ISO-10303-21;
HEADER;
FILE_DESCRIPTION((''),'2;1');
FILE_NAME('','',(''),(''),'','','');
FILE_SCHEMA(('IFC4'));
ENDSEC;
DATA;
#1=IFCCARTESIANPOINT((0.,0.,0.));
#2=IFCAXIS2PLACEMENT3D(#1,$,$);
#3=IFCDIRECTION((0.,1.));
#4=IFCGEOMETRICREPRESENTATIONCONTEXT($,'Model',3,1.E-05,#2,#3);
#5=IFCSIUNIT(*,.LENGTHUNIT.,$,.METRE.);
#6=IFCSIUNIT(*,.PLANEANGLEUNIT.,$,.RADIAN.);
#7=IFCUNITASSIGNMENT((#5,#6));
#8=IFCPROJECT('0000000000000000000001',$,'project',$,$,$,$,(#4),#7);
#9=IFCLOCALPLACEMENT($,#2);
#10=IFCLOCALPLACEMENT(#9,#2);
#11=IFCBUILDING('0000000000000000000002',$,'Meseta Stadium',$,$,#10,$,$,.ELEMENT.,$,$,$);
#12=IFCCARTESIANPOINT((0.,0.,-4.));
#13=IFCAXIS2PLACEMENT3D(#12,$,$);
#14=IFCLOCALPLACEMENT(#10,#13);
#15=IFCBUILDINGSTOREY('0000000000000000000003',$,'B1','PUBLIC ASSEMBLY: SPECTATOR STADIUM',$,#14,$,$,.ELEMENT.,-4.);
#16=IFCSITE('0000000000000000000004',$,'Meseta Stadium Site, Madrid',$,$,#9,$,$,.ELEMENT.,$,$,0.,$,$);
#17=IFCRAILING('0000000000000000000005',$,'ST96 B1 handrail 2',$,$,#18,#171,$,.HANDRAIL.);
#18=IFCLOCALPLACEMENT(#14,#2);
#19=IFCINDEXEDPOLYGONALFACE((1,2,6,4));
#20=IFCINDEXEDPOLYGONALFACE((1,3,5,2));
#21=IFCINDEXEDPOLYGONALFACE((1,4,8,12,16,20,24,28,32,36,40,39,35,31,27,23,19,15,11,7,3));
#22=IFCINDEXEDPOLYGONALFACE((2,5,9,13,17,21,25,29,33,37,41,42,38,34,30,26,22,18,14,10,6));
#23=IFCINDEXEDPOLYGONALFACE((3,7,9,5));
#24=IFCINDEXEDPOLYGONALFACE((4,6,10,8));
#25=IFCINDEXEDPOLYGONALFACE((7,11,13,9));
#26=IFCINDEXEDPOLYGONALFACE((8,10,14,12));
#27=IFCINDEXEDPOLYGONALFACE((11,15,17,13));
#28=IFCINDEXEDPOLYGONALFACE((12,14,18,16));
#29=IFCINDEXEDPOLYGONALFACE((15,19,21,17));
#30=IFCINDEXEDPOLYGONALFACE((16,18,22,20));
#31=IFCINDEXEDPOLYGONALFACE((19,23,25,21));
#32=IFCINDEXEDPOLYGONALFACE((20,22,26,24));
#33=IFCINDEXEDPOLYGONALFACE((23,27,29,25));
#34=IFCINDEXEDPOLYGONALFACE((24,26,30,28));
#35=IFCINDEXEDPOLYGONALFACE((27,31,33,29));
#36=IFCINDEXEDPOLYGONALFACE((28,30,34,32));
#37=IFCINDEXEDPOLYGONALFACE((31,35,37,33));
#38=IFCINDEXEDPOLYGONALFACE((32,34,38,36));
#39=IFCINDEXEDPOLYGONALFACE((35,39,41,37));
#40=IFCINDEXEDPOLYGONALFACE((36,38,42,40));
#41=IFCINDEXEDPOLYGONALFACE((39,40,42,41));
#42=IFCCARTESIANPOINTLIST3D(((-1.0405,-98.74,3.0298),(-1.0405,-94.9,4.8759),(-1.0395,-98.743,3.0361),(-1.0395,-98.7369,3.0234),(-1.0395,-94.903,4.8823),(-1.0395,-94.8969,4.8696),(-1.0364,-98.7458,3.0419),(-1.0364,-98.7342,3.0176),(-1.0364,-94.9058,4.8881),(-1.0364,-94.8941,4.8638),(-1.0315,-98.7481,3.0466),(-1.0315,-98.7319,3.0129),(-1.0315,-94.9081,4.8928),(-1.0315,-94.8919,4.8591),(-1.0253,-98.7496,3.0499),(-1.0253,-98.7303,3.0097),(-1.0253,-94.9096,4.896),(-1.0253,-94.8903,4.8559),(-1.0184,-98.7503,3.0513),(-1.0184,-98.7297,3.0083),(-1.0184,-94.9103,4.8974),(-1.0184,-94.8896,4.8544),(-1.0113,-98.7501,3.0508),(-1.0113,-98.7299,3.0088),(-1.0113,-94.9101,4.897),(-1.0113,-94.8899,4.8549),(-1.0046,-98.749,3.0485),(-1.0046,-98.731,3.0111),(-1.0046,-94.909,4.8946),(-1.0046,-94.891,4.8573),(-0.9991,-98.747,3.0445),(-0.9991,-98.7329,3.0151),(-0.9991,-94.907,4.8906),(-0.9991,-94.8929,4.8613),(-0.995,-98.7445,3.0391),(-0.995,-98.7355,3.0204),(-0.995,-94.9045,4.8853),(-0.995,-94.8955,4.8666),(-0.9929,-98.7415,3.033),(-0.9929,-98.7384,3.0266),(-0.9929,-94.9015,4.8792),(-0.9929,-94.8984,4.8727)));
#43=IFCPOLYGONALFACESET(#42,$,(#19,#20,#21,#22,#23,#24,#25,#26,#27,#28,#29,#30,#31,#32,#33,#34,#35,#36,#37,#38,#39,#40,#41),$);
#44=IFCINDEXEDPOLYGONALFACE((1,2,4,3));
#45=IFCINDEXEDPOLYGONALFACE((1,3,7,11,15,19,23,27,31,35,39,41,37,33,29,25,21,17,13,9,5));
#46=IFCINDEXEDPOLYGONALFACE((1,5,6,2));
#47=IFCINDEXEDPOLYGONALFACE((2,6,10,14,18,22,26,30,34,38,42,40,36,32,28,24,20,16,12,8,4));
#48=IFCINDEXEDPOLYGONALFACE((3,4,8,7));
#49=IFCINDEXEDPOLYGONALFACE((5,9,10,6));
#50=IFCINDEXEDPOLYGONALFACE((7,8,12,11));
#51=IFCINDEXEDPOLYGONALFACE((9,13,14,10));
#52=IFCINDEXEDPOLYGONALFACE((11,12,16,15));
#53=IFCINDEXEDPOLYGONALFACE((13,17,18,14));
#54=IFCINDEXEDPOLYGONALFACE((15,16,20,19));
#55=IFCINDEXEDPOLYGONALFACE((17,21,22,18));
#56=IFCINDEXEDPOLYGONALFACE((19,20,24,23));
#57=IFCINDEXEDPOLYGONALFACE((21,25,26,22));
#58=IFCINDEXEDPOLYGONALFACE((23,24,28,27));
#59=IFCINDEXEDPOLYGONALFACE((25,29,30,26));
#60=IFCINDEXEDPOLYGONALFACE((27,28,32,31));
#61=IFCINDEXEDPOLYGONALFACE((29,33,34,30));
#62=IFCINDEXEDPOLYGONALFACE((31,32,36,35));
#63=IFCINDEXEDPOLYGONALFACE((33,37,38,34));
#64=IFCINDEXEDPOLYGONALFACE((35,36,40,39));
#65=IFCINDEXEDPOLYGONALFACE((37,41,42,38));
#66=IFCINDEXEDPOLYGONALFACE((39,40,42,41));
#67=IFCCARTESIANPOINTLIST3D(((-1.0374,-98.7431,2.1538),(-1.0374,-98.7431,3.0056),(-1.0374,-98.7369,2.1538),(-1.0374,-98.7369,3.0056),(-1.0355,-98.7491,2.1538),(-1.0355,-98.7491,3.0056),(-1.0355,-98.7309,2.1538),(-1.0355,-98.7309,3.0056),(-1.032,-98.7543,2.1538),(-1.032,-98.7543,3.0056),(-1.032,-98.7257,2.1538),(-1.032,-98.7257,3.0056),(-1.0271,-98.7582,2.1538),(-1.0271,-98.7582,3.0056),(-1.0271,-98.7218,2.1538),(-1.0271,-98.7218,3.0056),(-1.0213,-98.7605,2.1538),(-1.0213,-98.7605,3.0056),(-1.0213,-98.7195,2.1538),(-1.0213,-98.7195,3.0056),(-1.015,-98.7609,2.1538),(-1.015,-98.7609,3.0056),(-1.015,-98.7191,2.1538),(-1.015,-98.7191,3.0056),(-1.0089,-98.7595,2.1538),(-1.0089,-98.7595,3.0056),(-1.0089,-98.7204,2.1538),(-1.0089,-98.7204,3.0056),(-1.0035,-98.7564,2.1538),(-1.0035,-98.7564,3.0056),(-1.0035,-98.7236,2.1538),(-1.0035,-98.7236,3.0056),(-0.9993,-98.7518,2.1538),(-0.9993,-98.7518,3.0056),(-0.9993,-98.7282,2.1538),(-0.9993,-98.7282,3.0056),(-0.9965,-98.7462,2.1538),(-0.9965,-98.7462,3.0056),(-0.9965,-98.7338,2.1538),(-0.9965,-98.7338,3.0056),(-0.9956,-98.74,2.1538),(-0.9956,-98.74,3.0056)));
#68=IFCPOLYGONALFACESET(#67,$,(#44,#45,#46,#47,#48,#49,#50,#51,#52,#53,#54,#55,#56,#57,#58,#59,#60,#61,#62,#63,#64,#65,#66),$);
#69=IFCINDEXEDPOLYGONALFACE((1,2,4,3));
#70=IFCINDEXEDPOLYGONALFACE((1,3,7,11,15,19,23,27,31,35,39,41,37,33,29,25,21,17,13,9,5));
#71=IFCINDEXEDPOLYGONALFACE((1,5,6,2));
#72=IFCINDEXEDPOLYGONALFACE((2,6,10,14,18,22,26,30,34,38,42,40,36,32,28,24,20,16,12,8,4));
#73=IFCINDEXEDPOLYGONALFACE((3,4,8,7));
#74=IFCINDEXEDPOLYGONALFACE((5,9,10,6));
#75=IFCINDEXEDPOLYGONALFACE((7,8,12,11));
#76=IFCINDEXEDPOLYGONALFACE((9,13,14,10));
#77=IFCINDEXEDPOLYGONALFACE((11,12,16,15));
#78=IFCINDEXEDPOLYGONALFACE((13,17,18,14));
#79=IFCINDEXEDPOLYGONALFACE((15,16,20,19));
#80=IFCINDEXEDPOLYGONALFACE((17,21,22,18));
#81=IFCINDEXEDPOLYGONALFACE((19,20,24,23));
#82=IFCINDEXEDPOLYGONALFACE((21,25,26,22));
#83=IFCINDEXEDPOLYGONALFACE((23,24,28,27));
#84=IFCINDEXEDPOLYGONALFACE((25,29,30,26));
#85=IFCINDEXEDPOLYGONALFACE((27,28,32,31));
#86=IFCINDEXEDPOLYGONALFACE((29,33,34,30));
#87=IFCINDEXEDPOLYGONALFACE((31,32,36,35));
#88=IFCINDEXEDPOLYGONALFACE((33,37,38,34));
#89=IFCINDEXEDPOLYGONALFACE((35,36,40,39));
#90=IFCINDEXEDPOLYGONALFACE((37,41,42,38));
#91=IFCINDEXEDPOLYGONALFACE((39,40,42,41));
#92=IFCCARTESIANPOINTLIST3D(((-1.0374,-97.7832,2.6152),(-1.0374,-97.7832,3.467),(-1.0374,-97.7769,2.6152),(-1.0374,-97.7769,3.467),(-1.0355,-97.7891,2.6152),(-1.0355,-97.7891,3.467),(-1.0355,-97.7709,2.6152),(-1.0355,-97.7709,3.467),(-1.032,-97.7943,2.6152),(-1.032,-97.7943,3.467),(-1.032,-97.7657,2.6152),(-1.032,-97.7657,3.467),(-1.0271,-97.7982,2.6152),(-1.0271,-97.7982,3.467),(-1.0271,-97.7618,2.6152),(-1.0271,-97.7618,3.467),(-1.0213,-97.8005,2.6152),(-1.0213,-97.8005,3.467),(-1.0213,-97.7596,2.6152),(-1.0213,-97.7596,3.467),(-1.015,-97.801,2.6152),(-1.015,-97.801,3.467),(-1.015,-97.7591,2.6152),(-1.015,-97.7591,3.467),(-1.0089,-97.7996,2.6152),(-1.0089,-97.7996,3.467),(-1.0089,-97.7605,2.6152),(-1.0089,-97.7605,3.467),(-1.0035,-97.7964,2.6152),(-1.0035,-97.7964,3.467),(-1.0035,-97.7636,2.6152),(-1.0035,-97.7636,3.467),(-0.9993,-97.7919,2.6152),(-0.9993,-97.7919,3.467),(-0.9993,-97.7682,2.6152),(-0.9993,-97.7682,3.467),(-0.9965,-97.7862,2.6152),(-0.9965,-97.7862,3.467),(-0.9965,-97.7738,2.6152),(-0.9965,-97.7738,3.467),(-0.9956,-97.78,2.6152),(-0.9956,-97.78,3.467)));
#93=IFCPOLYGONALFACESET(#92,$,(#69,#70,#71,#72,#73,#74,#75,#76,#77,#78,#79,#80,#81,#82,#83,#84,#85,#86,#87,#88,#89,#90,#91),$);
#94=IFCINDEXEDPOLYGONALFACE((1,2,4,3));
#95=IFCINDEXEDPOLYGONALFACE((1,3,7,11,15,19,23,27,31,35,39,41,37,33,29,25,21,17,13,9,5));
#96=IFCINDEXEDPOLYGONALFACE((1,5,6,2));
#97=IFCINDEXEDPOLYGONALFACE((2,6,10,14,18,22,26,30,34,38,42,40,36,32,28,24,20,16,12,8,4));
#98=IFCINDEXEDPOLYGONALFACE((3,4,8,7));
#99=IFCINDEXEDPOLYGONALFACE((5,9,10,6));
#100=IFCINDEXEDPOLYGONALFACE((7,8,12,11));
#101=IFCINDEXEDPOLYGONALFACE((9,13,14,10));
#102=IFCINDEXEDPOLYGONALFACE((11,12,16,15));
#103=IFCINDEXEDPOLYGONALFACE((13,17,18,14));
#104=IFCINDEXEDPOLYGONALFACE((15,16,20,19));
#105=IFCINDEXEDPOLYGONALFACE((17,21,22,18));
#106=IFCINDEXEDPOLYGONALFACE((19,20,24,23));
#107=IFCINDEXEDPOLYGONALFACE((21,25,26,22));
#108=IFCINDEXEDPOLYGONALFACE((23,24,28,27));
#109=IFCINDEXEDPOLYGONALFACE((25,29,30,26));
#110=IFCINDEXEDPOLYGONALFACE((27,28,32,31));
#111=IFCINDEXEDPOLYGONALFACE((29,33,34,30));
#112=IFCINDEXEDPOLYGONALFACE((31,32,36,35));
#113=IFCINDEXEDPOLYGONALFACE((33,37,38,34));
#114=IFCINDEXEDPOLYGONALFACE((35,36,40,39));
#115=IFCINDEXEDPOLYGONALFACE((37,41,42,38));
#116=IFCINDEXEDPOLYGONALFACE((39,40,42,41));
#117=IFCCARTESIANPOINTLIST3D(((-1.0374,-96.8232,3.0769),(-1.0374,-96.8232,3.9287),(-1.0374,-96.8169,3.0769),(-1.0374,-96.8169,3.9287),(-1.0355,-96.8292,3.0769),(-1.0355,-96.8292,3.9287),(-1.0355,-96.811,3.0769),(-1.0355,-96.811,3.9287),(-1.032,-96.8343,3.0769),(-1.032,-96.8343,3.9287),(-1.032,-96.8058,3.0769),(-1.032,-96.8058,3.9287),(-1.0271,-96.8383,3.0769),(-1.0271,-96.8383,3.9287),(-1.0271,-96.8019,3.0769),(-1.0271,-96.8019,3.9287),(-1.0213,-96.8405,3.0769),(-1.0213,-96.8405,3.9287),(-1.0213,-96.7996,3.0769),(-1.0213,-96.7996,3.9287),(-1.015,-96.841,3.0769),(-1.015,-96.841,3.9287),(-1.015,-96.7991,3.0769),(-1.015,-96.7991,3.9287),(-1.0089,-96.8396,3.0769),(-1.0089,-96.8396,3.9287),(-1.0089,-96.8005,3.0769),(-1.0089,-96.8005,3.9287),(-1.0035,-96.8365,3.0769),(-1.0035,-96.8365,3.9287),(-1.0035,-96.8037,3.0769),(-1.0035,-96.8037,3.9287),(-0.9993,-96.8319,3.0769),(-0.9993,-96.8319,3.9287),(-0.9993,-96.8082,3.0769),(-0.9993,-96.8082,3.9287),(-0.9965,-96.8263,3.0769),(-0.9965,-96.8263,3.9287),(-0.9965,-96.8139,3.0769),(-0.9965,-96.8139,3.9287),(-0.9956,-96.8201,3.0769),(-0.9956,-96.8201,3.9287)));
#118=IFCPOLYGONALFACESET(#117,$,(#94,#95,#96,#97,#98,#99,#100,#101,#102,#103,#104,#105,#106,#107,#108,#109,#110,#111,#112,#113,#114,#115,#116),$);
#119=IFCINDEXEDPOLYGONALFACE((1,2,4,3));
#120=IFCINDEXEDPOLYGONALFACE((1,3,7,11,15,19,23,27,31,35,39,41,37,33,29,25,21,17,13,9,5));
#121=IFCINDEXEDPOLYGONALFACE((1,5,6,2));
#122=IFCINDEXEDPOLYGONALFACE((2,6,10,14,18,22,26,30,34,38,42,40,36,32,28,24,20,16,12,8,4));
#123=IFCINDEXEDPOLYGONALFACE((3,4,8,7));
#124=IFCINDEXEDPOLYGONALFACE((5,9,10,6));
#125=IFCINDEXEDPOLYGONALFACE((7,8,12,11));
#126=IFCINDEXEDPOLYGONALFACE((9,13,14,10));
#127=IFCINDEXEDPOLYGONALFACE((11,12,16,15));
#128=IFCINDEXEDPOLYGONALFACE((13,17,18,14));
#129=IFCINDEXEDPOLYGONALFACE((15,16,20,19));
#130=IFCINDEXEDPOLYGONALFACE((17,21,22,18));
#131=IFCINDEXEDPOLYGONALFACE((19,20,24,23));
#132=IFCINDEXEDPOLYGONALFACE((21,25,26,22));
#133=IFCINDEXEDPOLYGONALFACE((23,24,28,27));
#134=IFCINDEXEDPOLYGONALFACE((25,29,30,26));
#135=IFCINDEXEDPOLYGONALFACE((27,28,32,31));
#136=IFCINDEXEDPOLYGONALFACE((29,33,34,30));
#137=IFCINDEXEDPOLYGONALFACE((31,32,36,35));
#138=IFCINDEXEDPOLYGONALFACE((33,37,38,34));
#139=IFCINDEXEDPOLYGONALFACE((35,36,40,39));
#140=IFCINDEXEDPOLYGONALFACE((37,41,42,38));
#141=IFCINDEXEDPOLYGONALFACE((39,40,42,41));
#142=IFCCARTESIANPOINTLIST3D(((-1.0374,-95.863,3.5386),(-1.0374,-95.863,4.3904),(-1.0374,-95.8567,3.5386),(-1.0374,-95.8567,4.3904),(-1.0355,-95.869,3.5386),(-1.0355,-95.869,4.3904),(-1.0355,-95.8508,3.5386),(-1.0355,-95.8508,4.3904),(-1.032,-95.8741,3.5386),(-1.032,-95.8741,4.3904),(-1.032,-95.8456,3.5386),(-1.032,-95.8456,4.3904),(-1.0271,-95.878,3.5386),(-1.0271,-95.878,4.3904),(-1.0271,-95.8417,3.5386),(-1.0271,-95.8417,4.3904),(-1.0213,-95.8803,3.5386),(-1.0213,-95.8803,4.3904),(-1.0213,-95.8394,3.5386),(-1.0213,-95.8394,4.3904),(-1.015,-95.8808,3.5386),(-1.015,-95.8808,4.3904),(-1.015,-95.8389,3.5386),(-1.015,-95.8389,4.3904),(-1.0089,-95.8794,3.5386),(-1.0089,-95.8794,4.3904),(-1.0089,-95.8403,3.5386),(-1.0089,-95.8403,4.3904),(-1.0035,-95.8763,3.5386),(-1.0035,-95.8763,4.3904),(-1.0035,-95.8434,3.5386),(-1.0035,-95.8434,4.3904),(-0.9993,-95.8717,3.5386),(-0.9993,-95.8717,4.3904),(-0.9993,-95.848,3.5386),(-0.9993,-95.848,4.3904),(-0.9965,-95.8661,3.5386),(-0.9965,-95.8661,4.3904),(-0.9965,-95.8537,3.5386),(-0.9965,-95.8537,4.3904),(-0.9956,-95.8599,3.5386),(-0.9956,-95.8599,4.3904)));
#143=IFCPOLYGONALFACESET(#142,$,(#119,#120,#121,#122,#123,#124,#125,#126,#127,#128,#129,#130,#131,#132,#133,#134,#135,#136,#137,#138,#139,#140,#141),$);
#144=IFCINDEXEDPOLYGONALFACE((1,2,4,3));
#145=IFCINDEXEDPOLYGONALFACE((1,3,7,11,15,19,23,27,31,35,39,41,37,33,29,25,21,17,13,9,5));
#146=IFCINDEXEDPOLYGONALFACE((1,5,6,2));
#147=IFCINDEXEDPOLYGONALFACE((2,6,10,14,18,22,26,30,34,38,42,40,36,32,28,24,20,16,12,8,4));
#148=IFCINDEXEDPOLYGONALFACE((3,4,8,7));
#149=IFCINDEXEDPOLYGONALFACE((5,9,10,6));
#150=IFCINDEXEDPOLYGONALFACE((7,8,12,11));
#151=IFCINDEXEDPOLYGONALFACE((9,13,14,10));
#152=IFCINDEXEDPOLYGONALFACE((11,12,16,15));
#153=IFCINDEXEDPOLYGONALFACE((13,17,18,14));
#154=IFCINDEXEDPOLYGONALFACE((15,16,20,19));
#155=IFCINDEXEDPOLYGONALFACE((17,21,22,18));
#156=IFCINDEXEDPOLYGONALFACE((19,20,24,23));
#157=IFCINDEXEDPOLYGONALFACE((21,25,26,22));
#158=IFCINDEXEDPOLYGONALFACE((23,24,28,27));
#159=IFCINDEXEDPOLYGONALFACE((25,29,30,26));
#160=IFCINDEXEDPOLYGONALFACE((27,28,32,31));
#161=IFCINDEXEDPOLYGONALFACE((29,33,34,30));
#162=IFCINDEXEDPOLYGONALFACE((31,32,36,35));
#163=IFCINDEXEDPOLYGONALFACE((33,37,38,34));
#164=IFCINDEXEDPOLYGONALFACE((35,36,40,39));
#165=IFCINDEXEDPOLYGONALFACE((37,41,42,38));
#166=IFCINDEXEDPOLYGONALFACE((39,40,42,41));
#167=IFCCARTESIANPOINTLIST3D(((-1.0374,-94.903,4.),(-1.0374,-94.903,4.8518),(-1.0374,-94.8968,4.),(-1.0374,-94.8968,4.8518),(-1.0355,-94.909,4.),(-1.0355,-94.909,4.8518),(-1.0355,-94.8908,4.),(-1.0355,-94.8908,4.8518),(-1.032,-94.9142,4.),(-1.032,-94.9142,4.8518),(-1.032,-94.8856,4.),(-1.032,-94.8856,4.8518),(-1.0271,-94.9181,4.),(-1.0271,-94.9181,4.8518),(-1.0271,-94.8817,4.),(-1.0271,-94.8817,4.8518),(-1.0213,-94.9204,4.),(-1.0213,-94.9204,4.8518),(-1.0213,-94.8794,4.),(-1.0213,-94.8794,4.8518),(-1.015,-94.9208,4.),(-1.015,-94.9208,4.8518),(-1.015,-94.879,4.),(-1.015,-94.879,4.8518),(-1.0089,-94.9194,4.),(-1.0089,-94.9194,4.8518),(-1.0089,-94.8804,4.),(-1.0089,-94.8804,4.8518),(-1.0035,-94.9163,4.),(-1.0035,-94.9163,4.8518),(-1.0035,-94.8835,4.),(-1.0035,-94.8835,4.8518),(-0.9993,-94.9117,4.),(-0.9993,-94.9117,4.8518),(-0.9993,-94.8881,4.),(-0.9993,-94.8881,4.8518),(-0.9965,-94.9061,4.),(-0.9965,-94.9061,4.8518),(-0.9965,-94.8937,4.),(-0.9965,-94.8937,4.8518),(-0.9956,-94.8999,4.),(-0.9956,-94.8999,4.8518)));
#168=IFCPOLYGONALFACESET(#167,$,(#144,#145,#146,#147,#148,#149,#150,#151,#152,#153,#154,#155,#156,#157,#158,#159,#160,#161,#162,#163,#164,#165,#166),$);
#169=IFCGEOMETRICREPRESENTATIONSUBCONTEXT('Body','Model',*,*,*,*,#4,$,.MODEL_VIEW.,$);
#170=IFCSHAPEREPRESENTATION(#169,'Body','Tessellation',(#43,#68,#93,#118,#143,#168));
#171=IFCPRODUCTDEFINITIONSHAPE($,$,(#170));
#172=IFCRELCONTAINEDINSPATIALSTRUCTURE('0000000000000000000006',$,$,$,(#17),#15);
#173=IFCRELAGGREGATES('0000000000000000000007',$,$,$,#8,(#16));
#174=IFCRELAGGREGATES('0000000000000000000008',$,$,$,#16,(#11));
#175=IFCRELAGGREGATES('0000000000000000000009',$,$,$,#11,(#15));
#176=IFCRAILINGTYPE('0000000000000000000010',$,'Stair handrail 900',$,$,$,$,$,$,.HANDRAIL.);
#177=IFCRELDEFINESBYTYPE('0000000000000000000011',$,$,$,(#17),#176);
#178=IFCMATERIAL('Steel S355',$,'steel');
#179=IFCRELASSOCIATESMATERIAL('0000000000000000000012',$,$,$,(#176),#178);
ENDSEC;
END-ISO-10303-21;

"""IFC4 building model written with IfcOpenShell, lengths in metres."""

from ifc_helpers import new_model, si_unit, direction, frame, origin, origin_2d, place, context, subcontext, project, spatial, circle, extrude, material, type_object, element, save


model = new_model("IFC4")

# Units and contexts
model_context = context("Model", 3, precision=1e-05, world=origin(), true_north=direction((0.0, 1.0)))
body_context = subcontext(model_context, "Body", "Model", "MODEL_VIEW")
ifc_project = project(units=[si_unit("LENGTHUNIT", "METRE"), si_unit("PLANEANGLEUNIT", "RADIAN")], contexts=[model_context])

# Site, building, storey
site_placement = place(None, origin())
site = spatial("IfcSite", under=ifc_project, at=site_placement, Name="Meseta Stadium Site, Madrid", CompositionType="ELEMENT", RefElevation=0.0)
building_placement = place(site_placement, origin())
building = spatial("IfcBuilding", under=site, at=building_placement, Name="Meseta Stadium", CompositionType="ELEMENT")
storey_placement = place(building_placement, frame((0.0, 0.0, -4.0)))
storey = spatial("IfcBuildingStorey", under=building, at=storey_placement, Name="B1", Description="PUBLIC ASSEMBLY: SPECTATOR STADIUM", CompositionType="ELEMENT", Elevation=-4.0)

# Railing
ifc_material_1 = material(Name="Steel S355", Category="steel")
railing_type_1 = type_object("IfcRailingType", Name="Stair handrail 900", PredefinedType="HANDRAIL", material=ifc_material_1)
for number, where, name in (
    (1, (-1.0166, -98.74, 2.1538), "ST96 B1 handrail 2"),
):
    element("IfcRailing", number, at=place(storey_placement, frame(where)), inside=storey, type_object=railing_type_1, Name=name, PredefinedType="HANDRAIL", context=body_context, shape_type="SweptSolid", body=[
        extrude(circle(Radius=0.0239, at=origin_2d()), frame((0.0, 0.0, 0.876), z_axis=(0.0, 0.901253, 0.433294), x_axis=(-1.0, 0.0, 0.0)), (0.0, 0.0, 1.0), 4.2607),
        extrude(circle(Radius=0.021, at=origin_2d()), origin(), (0.0, 0.0, 1.0), 0.8518),
        extrude(circle(Radius=0.021, at=origin_2d()), frame((0.0, 0.96, 0.4614)), (0.0, 0.0, 1.0), 0.8518),
        extrude(circle(Radius=0.021, at=origin_2d()), frame((0.0, 1.9199, 0.9231)), (0.0, 0.0, 1.0), 0.8518),
        extrude(circle(Radius=0.021, at=origin_2d()), frame((0.0, 2.8801, 1.3848)), (0.0, 0.0, 1.0), 0.8518),
        extrude(circle(Radius=0.021, at=origin_2d()), frame((0.0, 3.8401, 1.8462)), (0.0, 0.0, 1.0), 0.8518),
    ])

save(model, "model.ifc")
